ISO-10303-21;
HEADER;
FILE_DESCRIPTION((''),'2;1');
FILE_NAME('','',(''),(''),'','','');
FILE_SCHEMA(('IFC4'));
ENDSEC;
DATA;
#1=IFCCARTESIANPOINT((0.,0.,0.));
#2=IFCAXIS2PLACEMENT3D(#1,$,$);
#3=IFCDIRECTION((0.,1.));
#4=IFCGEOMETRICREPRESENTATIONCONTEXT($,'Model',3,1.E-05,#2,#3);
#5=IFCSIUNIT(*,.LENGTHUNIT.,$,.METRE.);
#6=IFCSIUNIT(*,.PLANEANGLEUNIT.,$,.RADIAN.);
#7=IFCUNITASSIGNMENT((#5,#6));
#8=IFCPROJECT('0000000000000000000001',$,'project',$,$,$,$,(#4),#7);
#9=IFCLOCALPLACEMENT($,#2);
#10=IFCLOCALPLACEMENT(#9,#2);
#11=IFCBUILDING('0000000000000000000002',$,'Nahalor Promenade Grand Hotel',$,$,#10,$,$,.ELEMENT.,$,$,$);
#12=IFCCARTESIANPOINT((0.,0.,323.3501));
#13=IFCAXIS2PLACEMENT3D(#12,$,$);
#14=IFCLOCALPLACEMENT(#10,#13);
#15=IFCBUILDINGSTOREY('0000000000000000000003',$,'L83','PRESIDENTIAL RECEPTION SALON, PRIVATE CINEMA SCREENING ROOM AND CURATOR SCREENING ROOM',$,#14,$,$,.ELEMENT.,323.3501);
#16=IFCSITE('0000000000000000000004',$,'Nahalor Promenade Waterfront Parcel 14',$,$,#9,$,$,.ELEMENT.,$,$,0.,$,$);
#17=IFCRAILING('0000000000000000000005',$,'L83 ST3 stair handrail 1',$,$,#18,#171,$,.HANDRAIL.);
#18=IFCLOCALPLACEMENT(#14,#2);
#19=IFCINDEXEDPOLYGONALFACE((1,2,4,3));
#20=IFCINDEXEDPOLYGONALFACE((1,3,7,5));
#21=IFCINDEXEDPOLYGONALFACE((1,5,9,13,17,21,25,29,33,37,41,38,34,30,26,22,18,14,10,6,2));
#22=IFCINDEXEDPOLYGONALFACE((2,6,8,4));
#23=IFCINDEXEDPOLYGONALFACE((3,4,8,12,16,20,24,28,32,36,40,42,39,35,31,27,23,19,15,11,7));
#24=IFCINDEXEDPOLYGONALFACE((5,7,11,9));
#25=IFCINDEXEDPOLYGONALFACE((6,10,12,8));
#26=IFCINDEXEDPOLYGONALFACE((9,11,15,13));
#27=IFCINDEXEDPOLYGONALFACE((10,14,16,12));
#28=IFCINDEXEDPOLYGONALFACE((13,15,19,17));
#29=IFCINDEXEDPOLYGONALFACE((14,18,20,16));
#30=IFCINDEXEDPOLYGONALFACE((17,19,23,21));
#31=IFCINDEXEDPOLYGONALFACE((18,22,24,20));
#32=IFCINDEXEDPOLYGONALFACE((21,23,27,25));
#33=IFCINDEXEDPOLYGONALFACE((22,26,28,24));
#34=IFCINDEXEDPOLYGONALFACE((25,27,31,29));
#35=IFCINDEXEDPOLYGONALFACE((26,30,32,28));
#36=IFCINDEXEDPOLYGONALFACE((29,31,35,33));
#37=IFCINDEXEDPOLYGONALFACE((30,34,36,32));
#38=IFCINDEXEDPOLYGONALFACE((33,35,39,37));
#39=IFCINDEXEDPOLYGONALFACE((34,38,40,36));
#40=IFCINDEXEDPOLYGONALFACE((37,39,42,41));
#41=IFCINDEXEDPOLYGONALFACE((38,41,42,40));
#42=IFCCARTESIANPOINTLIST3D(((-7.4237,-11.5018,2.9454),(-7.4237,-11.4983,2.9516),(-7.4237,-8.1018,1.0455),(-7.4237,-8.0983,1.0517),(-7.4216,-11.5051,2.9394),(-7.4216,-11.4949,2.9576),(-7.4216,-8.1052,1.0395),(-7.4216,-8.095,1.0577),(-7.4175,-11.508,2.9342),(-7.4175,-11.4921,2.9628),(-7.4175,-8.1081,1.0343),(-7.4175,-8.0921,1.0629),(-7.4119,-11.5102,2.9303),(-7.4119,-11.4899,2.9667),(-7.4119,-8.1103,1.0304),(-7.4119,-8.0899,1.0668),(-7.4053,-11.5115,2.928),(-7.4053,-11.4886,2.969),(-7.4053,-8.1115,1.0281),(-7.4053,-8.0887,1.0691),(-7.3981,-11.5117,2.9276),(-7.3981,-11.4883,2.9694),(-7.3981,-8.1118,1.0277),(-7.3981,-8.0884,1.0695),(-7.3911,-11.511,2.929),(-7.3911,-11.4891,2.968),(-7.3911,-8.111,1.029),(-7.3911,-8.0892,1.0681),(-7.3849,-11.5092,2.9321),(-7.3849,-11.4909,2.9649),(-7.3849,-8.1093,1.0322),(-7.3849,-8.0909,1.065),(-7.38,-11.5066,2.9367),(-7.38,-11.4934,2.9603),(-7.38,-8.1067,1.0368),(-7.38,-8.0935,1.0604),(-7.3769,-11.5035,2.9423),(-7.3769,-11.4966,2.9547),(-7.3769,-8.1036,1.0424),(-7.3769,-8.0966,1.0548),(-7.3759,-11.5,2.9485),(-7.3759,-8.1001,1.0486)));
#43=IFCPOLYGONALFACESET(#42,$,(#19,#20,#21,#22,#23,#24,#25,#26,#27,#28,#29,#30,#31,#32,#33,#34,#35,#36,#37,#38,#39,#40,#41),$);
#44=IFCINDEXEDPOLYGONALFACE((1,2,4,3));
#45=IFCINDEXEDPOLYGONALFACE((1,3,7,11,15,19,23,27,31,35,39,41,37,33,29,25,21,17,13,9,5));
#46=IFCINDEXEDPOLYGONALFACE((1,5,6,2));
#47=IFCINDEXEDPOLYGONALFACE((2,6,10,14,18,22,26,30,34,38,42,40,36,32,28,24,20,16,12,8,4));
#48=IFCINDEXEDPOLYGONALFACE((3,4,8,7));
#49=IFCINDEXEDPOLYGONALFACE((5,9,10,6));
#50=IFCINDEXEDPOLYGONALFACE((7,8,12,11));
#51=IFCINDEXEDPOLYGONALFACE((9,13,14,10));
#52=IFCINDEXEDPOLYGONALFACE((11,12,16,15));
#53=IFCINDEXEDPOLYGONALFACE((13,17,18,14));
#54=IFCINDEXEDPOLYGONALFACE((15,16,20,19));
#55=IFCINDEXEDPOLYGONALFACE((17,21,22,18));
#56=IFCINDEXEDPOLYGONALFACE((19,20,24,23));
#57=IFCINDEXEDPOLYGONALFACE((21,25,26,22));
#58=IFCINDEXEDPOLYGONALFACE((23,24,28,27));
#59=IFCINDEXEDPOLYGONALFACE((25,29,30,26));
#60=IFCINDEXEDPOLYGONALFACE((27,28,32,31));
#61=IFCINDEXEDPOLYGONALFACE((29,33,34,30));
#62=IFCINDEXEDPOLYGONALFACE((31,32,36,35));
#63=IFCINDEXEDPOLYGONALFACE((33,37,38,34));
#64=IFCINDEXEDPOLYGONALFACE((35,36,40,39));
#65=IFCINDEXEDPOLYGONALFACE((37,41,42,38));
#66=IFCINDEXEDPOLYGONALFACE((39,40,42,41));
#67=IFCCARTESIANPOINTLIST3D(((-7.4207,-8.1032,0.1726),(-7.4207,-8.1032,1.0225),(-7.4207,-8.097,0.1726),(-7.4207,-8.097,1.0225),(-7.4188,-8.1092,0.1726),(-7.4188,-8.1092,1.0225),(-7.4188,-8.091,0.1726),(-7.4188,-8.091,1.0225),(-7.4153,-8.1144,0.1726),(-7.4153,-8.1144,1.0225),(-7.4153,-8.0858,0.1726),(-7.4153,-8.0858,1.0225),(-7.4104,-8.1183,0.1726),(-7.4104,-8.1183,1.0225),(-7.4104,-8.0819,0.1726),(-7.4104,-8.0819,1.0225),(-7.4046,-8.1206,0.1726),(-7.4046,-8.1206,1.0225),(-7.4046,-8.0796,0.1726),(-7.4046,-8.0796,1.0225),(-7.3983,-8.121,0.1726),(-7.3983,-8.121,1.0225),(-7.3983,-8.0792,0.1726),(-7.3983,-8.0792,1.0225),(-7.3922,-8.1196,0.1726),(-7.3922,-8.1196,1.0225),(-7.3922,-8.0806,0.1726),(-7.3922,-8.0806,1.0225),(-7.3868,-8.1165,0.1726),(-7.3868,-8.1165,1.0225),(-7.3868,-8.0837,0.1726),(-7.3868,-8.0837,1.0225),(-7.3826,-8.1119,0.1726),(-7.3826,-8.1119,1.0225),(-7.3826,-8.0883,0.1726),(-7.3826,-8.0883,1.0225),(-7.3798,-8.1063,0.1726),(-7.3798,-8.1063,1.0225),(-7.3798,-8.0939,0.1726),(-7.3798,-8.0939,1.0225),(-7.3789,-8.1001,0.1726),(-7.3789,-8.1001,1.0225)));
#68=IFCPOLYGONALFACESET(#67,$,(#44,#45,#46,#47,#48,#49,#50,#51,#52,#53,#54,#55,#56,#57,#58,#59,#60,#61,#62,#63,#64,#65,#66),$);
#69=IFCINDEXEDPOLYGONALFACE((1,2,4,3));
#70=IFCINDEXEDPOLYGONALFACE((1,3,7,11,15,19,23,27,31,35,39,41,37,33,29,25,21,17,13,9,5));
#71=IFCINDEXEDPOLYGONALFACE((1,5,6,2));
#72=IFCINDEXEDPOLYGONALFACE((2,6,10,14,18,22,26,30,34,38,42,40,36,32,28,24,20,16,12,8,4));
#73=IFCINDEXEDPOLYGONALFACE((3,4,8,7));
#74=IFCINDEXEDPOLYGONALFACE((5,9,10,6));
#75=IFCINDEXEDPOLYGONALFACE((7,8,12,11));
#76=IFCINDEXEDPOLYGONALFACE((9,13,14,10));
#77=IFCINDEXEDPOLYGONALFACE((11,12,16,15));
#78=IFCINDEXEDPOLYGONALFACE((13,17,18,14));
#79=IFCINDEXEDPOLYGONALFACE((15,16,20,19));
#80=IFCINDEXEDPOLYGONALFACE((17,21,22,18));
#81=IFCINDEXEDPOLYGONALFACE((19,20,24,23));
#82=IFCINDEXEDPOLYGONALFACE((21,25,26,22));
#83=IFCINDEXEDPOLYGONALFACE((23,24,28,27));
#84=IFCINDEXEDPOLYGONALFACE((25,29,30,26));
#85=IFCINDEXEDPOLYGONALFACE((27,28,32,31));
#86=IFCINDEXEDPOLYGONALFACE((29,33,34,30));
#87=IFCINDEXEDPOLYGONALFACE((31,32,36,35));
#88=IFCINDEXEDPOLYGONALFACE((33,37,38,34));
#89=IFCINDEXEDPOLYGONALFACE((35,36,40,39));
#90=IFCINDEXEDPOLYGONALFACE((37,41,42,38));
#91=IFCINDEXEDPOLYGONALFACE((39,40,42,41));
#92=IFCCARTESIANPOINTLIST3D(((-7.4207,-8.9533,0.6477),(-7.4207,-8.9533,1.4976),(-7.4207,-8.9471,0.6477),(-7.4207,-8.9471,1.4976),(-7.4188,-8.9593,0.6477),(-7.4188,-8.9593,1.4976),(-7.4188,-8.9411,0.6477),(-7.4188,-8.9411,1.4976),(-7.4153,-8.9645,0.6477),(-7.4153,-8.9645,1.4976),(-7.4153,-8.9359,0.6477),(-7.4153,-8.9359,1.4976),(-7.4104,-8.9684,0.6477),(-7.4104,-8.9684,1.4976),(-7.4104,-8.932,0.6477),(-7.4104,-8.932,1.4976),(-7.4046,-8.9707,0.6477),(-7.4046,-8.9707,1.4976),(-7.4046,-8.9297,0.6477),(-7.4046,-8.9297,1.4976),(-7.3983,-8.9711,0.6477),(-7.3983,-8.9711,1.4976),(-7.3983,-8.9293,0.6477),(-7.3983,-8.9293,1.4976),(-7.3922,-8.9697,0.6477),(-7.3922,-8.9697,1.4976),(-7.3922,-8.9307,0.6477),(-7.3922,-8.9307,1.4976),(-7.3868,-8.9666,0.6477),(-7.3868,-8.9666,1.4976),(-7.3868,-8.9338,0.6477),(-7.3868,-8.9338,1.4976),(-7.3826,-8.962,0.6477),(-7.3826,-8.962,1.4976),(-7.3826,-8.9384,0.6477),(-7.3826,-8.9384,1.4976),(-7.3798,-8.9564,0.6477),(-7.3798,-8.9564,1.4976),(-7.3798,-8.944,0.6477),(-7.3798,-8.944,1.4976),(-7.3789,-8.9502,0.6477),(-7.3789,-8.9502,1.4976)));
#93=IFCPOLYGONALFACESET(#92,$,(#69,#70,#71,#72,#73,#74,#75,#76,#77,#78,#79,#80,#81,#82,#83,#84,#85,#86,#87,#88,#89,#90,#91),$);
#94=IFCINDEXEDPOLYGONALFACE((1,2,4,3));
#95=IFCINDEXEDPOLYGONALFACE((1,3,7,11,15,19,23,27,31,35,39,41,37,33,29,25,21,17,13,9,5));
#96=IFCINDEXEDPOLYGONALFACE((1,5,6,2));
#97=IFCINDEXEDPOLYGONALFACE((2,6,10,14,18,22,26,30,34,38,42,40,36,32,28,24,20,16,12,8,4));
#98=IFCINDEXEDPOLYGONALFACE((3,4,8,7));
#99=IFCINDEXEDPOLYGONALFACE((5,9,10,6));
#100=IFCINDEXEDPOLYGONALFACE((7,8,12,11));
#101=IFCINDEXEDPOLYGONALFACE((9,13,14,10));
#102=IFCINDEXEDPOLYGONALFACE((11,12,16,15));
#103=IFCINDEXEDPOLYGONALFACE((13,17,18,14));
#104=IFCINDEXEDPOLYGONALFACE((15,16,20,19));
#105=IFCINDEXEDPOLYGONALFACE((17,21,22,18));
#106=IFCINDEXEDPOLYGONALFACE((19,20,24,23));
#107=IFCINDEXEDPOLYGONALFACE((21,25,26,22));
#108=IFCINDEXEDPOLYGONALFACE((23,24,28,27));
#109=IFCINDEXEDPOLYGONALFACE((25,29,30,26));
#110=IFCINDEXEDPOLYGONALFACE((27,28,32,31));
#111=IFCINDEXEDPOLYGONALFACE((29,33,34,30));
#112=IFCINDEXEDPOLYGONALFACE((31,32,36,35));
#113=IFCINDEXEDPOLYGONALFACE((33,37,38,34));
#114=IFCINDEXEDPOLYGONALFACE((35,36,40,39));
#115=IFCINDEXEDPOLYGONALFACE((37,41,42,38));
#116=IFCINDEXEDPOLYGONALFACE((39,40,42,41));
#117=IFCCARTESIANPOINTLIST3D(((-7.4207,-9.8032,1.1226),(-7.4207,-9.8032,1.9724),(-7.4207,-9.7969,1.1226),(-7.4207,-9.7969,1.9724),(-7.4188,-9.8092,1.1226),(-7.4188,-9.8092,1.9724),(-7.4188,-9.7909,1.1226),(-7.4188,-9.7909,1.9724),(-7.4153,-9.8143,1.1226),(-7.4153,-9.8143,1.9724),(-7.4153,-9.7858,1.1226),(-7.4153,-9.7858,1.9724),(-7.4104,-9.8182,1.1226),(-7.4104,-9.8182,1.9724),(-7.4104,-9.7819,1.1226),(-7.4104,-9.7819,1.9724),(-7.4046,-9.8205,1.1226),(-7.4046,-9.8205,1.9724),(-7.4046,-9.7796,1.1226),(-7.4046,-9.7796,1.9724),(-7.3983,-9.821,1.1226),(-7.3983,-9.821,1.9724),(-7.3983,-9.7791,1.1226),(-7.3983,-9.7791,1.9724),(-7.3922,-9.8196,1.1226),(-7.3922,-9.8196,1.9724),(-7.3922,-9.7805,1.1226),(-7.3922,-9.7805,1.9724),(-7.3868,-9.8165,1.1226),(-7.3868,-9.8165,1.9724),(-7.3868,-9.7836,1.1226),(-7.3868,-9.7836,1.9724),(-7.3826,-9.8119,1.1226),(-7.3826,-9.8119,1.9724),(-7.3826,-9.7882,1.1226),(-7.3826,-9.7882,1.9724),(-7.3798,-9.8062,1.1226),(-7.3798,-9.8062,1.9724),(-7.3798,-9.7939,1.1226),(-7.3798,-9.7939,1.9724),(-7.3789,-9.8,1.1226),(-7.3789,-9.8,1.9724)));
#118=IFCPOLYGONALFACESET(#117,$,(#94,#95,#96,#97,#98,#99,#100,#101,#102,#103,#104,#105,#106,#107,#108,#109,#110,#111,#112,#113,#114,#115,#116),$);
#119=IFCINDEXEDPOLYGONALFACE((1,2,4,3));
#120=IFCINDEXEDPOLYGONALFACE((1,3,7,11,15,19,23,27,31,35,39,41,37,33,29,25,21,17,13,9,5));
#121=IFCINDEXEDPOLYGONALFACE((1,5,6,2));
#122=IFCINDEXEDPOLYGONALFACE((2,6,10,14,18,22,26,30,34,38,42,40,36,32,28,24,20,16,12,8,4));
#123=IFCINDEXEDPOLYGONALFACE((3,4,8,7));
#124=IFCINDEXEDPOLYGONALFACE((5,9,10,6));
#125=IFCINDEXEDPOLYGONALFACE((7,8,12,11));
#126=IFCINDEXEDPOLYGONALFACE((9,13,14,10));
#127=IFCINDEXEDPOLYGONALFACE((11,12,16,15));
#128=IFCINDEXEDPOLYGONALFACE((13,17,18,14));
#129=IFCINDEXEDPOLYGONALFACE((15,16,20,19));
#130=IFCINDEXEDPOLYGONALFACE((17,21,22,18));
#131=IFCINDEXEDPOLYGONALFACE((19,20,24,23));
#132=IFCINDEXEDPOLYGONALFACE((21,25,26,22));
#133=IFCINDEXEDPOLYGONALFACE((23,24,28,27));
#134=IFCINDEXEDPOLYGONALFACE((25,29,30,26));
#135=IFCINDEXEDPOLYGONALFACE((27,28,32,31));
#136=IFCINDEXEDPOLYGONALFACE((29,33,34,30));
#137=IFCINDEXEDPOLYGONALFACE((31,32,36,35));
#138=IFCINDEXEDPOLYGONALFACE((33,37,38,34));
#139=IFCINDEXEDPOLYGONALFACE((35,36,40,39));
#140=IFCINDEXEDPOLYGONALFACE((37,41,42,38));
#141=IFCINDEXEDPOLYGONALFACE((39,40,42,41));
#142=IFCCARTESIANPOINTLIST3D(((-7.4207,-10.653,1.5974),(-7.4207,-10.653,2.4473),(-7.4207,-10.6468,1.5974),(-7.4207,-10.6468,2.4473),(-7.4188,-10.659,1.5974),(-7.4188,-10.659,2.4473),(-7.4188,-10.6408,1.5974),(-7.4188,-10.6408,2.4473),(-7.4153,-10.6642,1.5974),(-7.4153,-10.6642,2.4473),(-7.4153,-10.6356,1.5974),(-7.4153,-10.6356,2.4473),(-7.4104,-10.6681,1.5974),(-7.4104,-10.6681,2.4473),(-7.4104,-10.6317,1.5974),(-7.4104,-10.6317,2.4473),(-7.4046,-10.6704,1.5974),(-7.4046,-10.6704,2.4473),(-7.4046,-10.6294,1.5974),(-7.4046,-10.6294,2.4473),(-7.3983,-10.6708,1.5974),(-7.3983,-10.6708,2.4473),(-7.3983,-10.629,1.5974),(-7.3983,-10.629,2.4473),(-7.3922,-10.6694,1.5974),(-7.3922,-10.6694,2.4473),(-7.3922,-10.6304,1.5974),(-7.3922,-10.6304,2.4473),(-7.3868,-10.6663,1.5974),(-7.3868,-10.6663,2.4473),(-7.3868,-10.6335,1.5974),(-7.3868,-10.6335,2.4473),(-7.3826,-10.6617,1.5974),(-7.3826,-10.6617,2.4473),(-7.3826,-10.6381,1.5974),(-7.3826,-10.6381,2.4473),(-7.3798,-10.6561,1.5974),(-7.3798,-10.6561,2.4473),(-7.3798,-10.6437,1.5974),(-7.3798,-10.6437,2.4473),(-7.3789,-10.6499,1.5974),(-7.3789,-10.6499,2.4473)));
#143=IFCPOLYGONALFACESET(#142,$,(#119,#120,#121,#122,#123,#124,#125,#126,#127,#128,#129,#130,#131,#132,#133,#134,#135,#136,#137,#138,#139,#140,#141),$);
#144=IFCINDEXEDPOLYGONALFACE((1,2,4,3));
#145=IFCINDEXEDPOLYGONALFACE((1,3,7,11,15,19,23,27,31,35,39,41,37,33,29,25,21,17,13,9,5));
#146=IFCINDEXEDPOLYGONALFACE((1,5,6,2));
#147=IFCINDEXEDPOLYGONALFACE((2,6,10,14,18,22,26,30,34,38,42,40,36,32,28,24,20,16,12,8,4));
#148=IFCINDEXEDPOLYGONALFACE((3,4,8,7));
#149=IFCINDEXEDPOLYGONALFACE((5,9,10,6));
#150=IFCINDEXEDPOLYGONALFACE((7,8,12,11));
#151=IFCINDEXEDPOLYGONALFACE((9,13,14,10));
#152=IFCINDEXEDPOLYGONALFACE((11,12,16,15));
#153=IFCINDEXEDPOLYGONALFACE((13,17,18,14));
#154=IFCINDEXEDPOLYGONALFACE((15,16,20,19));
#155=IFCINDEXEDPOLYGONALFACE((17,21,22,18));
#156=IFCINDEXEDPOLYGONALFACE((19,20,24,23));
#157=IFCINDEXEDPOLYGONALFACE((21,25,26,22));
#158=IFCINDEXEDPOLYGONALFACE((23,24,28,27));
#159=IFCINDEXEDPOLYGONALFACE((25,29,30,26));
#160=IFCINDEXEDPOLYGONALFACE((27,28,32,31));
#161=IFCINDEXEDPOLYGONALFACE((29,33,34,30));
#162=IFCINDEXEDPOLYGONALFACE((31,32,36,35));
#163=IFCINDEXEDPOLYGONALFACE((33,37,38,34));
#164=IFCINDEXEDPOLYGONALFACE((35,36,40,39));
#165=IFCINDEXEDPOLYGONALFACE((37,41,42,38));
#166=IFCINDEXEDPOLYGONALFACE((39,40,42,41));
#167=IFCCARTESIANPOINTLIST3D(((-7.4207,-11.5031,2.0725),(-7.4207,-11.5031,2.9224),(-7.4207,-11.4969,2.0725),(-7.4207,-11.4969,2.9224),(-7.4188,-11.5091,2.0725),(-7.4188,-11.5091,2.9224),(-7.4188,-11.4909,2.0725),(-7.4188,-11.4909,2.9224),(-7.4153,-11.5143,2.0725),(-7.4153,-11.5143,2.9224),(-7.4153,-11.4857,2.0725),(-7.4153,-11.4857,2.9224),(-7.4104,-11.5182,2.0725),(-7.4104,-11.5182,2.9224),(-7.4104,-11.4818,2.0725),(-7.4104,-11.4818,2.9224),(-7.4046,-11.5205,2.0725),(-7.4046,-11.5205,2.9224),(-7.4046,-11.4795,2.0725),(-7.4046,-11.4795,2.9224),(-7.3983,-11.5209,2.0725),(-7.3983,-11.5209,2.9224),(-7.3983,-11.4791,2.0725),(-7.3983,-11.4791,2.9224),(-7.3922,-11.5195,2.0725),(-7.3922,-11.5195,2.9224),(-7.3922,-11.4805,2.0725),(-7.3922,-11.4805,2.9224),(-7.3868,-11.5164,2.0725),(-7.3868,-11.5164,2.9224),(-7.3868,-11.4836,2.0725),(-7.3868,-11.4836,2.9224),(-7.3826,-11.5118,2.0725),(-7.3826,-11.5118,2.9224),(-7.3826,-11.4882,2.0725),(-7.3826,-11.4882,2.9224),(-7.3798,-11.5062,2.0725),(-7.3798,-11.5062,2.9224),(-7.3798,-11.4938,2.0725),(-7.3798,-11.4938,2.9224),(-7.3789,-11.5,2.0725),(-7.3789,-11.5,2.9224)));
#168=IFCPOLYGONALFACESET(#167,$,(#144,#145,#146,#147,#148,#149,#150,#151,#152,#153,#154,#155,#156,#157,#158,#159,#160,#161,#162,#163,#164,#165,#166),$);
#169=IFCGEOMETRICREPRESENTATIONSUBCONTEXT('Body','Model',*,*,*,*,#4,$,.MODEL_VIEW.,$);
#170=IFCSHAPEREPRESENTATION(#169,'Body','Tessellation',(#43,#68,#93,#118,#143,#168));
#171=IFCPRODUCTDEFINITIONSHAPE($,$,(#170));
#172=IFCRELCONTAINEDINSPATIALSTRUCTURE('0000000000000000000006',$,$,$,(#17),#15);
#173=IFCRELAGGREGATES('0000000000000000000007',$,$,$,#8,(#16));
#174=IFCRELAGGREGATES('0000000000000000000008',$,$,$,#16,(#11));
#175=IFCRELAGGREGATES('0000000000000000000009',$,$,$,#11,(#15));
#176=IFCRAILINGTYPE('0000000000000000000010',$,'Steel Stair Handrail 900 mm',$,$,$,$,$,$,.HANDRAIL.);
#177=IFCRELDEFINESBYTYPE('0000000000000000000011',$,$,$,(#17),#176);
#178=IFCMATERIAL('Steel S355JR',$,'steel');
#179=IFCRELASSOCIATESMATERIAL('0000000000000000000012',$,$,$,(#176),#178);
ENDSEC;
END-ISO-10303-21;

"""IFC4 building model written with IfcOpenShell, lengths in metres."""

from ifc_helpers import new_model, si_unit, direction, frame, origin, origin_2d, place, context, subcontext, project, spatial, circle, extrude, material, type_object, element, save


model = new_model("IFC4")

# Units and contexts
model_context = context("Model", 3, precision=1e-05, world=origin(), true_north=direction((0.0, 1.0)))
body_context = subcontext(model_context, "Body", "Model", "MODEL_VIEW")
ifc_project = project(units=[si_unit("LENGTHUNIT", "METRE"), si_unit("PLANEANGLEUNIT", "RADIAN")], contexts=[model_context])

# Site, building, storey
site_placement = place(None, origin())
site = spatial("IfcSite", under=ifc_project, at=site_placement, Name="Nahalor Promenade Waterfront Parcel 14", CompositionType="ELEMENT", RefElevation=0.0)
building_placement = place(site_placement, origin())
building = spatial("IfcBuilding", under=site, at=building_placement, Name="Nahalor Promenade Grand Hotel", CompositionType="ELEMENT")
storey_placement = place(building_placement, frame((0.0, 0.0, 323.3501)))
storey = spatial("IfcBuildingStorey", under=building, at=storey_placement, Name="L83", Description="PRESIDENTIAL RECEPTION SALON, PRIVATE CINEMA SCREENING ROOM AND CURATOR SCREENING ROOM", CompositionType="ELEMENT", Elevation=323.3501)

# Shared definitions
ifc_material_1 = material(Name="Steel S355JR", Category="steel")

# Railing
railing_type_1 = type_object("IfcRailingType", Name="Steel Stair Handrail 900 mm", PredefinedType="HANDRAIL", material=ifc_material_1)
railing_1_placement = place(storey_placement, frame((-7.3999, -8.1001, 0.1726)))
element("IfcRailing", 1, at=railing_1_placement, inside=storey, type_object=railing_type_1, Name="L83 ST3 stair handrail 1", PredefinedType="HANDRAIL", context=body_context, shape_type="SweptSolid", body=[
    extrude(circle(Radius=0.024, at=origin_2d()), frame((0.0, 0.0, 0.876), z_axis=(0.0, -0.872948, 0.487813), x_axis=(1.0, 0.0, 0.0)), (0.0, 0.0, 1.0), 3.8948),
    extrude(circle(Radius=0.021, at=origin_2d()), origin(), (0.0, 0.0, 1.0), 0.8499),
    extrude(circle(Radius=0.021, at=origin_2d()), frame((0.0, -0.8501, 0.4751)), (0.0, 0.0, 1.0), 0.8499),
    extrude(circle(Radius=0.021, at=origin_2d()), frame((0.0, -1.7, 0.95)), (0.0, 0.0, 1.0), 0.8499),
    extrude(circle(Radius=0.021, at=origin_2d()), frame((0.0, -2.5498, 1.4248)), (0.0, 0.0, 1.0), 0.8499),
    extrude(circle(Radius=0.021, at=origin_2d()), frame((0.0, -3.3999, 1.8999)), (0.0, 0.0, 1.0), 0.8499),
])

save(model, "model.ifc")
